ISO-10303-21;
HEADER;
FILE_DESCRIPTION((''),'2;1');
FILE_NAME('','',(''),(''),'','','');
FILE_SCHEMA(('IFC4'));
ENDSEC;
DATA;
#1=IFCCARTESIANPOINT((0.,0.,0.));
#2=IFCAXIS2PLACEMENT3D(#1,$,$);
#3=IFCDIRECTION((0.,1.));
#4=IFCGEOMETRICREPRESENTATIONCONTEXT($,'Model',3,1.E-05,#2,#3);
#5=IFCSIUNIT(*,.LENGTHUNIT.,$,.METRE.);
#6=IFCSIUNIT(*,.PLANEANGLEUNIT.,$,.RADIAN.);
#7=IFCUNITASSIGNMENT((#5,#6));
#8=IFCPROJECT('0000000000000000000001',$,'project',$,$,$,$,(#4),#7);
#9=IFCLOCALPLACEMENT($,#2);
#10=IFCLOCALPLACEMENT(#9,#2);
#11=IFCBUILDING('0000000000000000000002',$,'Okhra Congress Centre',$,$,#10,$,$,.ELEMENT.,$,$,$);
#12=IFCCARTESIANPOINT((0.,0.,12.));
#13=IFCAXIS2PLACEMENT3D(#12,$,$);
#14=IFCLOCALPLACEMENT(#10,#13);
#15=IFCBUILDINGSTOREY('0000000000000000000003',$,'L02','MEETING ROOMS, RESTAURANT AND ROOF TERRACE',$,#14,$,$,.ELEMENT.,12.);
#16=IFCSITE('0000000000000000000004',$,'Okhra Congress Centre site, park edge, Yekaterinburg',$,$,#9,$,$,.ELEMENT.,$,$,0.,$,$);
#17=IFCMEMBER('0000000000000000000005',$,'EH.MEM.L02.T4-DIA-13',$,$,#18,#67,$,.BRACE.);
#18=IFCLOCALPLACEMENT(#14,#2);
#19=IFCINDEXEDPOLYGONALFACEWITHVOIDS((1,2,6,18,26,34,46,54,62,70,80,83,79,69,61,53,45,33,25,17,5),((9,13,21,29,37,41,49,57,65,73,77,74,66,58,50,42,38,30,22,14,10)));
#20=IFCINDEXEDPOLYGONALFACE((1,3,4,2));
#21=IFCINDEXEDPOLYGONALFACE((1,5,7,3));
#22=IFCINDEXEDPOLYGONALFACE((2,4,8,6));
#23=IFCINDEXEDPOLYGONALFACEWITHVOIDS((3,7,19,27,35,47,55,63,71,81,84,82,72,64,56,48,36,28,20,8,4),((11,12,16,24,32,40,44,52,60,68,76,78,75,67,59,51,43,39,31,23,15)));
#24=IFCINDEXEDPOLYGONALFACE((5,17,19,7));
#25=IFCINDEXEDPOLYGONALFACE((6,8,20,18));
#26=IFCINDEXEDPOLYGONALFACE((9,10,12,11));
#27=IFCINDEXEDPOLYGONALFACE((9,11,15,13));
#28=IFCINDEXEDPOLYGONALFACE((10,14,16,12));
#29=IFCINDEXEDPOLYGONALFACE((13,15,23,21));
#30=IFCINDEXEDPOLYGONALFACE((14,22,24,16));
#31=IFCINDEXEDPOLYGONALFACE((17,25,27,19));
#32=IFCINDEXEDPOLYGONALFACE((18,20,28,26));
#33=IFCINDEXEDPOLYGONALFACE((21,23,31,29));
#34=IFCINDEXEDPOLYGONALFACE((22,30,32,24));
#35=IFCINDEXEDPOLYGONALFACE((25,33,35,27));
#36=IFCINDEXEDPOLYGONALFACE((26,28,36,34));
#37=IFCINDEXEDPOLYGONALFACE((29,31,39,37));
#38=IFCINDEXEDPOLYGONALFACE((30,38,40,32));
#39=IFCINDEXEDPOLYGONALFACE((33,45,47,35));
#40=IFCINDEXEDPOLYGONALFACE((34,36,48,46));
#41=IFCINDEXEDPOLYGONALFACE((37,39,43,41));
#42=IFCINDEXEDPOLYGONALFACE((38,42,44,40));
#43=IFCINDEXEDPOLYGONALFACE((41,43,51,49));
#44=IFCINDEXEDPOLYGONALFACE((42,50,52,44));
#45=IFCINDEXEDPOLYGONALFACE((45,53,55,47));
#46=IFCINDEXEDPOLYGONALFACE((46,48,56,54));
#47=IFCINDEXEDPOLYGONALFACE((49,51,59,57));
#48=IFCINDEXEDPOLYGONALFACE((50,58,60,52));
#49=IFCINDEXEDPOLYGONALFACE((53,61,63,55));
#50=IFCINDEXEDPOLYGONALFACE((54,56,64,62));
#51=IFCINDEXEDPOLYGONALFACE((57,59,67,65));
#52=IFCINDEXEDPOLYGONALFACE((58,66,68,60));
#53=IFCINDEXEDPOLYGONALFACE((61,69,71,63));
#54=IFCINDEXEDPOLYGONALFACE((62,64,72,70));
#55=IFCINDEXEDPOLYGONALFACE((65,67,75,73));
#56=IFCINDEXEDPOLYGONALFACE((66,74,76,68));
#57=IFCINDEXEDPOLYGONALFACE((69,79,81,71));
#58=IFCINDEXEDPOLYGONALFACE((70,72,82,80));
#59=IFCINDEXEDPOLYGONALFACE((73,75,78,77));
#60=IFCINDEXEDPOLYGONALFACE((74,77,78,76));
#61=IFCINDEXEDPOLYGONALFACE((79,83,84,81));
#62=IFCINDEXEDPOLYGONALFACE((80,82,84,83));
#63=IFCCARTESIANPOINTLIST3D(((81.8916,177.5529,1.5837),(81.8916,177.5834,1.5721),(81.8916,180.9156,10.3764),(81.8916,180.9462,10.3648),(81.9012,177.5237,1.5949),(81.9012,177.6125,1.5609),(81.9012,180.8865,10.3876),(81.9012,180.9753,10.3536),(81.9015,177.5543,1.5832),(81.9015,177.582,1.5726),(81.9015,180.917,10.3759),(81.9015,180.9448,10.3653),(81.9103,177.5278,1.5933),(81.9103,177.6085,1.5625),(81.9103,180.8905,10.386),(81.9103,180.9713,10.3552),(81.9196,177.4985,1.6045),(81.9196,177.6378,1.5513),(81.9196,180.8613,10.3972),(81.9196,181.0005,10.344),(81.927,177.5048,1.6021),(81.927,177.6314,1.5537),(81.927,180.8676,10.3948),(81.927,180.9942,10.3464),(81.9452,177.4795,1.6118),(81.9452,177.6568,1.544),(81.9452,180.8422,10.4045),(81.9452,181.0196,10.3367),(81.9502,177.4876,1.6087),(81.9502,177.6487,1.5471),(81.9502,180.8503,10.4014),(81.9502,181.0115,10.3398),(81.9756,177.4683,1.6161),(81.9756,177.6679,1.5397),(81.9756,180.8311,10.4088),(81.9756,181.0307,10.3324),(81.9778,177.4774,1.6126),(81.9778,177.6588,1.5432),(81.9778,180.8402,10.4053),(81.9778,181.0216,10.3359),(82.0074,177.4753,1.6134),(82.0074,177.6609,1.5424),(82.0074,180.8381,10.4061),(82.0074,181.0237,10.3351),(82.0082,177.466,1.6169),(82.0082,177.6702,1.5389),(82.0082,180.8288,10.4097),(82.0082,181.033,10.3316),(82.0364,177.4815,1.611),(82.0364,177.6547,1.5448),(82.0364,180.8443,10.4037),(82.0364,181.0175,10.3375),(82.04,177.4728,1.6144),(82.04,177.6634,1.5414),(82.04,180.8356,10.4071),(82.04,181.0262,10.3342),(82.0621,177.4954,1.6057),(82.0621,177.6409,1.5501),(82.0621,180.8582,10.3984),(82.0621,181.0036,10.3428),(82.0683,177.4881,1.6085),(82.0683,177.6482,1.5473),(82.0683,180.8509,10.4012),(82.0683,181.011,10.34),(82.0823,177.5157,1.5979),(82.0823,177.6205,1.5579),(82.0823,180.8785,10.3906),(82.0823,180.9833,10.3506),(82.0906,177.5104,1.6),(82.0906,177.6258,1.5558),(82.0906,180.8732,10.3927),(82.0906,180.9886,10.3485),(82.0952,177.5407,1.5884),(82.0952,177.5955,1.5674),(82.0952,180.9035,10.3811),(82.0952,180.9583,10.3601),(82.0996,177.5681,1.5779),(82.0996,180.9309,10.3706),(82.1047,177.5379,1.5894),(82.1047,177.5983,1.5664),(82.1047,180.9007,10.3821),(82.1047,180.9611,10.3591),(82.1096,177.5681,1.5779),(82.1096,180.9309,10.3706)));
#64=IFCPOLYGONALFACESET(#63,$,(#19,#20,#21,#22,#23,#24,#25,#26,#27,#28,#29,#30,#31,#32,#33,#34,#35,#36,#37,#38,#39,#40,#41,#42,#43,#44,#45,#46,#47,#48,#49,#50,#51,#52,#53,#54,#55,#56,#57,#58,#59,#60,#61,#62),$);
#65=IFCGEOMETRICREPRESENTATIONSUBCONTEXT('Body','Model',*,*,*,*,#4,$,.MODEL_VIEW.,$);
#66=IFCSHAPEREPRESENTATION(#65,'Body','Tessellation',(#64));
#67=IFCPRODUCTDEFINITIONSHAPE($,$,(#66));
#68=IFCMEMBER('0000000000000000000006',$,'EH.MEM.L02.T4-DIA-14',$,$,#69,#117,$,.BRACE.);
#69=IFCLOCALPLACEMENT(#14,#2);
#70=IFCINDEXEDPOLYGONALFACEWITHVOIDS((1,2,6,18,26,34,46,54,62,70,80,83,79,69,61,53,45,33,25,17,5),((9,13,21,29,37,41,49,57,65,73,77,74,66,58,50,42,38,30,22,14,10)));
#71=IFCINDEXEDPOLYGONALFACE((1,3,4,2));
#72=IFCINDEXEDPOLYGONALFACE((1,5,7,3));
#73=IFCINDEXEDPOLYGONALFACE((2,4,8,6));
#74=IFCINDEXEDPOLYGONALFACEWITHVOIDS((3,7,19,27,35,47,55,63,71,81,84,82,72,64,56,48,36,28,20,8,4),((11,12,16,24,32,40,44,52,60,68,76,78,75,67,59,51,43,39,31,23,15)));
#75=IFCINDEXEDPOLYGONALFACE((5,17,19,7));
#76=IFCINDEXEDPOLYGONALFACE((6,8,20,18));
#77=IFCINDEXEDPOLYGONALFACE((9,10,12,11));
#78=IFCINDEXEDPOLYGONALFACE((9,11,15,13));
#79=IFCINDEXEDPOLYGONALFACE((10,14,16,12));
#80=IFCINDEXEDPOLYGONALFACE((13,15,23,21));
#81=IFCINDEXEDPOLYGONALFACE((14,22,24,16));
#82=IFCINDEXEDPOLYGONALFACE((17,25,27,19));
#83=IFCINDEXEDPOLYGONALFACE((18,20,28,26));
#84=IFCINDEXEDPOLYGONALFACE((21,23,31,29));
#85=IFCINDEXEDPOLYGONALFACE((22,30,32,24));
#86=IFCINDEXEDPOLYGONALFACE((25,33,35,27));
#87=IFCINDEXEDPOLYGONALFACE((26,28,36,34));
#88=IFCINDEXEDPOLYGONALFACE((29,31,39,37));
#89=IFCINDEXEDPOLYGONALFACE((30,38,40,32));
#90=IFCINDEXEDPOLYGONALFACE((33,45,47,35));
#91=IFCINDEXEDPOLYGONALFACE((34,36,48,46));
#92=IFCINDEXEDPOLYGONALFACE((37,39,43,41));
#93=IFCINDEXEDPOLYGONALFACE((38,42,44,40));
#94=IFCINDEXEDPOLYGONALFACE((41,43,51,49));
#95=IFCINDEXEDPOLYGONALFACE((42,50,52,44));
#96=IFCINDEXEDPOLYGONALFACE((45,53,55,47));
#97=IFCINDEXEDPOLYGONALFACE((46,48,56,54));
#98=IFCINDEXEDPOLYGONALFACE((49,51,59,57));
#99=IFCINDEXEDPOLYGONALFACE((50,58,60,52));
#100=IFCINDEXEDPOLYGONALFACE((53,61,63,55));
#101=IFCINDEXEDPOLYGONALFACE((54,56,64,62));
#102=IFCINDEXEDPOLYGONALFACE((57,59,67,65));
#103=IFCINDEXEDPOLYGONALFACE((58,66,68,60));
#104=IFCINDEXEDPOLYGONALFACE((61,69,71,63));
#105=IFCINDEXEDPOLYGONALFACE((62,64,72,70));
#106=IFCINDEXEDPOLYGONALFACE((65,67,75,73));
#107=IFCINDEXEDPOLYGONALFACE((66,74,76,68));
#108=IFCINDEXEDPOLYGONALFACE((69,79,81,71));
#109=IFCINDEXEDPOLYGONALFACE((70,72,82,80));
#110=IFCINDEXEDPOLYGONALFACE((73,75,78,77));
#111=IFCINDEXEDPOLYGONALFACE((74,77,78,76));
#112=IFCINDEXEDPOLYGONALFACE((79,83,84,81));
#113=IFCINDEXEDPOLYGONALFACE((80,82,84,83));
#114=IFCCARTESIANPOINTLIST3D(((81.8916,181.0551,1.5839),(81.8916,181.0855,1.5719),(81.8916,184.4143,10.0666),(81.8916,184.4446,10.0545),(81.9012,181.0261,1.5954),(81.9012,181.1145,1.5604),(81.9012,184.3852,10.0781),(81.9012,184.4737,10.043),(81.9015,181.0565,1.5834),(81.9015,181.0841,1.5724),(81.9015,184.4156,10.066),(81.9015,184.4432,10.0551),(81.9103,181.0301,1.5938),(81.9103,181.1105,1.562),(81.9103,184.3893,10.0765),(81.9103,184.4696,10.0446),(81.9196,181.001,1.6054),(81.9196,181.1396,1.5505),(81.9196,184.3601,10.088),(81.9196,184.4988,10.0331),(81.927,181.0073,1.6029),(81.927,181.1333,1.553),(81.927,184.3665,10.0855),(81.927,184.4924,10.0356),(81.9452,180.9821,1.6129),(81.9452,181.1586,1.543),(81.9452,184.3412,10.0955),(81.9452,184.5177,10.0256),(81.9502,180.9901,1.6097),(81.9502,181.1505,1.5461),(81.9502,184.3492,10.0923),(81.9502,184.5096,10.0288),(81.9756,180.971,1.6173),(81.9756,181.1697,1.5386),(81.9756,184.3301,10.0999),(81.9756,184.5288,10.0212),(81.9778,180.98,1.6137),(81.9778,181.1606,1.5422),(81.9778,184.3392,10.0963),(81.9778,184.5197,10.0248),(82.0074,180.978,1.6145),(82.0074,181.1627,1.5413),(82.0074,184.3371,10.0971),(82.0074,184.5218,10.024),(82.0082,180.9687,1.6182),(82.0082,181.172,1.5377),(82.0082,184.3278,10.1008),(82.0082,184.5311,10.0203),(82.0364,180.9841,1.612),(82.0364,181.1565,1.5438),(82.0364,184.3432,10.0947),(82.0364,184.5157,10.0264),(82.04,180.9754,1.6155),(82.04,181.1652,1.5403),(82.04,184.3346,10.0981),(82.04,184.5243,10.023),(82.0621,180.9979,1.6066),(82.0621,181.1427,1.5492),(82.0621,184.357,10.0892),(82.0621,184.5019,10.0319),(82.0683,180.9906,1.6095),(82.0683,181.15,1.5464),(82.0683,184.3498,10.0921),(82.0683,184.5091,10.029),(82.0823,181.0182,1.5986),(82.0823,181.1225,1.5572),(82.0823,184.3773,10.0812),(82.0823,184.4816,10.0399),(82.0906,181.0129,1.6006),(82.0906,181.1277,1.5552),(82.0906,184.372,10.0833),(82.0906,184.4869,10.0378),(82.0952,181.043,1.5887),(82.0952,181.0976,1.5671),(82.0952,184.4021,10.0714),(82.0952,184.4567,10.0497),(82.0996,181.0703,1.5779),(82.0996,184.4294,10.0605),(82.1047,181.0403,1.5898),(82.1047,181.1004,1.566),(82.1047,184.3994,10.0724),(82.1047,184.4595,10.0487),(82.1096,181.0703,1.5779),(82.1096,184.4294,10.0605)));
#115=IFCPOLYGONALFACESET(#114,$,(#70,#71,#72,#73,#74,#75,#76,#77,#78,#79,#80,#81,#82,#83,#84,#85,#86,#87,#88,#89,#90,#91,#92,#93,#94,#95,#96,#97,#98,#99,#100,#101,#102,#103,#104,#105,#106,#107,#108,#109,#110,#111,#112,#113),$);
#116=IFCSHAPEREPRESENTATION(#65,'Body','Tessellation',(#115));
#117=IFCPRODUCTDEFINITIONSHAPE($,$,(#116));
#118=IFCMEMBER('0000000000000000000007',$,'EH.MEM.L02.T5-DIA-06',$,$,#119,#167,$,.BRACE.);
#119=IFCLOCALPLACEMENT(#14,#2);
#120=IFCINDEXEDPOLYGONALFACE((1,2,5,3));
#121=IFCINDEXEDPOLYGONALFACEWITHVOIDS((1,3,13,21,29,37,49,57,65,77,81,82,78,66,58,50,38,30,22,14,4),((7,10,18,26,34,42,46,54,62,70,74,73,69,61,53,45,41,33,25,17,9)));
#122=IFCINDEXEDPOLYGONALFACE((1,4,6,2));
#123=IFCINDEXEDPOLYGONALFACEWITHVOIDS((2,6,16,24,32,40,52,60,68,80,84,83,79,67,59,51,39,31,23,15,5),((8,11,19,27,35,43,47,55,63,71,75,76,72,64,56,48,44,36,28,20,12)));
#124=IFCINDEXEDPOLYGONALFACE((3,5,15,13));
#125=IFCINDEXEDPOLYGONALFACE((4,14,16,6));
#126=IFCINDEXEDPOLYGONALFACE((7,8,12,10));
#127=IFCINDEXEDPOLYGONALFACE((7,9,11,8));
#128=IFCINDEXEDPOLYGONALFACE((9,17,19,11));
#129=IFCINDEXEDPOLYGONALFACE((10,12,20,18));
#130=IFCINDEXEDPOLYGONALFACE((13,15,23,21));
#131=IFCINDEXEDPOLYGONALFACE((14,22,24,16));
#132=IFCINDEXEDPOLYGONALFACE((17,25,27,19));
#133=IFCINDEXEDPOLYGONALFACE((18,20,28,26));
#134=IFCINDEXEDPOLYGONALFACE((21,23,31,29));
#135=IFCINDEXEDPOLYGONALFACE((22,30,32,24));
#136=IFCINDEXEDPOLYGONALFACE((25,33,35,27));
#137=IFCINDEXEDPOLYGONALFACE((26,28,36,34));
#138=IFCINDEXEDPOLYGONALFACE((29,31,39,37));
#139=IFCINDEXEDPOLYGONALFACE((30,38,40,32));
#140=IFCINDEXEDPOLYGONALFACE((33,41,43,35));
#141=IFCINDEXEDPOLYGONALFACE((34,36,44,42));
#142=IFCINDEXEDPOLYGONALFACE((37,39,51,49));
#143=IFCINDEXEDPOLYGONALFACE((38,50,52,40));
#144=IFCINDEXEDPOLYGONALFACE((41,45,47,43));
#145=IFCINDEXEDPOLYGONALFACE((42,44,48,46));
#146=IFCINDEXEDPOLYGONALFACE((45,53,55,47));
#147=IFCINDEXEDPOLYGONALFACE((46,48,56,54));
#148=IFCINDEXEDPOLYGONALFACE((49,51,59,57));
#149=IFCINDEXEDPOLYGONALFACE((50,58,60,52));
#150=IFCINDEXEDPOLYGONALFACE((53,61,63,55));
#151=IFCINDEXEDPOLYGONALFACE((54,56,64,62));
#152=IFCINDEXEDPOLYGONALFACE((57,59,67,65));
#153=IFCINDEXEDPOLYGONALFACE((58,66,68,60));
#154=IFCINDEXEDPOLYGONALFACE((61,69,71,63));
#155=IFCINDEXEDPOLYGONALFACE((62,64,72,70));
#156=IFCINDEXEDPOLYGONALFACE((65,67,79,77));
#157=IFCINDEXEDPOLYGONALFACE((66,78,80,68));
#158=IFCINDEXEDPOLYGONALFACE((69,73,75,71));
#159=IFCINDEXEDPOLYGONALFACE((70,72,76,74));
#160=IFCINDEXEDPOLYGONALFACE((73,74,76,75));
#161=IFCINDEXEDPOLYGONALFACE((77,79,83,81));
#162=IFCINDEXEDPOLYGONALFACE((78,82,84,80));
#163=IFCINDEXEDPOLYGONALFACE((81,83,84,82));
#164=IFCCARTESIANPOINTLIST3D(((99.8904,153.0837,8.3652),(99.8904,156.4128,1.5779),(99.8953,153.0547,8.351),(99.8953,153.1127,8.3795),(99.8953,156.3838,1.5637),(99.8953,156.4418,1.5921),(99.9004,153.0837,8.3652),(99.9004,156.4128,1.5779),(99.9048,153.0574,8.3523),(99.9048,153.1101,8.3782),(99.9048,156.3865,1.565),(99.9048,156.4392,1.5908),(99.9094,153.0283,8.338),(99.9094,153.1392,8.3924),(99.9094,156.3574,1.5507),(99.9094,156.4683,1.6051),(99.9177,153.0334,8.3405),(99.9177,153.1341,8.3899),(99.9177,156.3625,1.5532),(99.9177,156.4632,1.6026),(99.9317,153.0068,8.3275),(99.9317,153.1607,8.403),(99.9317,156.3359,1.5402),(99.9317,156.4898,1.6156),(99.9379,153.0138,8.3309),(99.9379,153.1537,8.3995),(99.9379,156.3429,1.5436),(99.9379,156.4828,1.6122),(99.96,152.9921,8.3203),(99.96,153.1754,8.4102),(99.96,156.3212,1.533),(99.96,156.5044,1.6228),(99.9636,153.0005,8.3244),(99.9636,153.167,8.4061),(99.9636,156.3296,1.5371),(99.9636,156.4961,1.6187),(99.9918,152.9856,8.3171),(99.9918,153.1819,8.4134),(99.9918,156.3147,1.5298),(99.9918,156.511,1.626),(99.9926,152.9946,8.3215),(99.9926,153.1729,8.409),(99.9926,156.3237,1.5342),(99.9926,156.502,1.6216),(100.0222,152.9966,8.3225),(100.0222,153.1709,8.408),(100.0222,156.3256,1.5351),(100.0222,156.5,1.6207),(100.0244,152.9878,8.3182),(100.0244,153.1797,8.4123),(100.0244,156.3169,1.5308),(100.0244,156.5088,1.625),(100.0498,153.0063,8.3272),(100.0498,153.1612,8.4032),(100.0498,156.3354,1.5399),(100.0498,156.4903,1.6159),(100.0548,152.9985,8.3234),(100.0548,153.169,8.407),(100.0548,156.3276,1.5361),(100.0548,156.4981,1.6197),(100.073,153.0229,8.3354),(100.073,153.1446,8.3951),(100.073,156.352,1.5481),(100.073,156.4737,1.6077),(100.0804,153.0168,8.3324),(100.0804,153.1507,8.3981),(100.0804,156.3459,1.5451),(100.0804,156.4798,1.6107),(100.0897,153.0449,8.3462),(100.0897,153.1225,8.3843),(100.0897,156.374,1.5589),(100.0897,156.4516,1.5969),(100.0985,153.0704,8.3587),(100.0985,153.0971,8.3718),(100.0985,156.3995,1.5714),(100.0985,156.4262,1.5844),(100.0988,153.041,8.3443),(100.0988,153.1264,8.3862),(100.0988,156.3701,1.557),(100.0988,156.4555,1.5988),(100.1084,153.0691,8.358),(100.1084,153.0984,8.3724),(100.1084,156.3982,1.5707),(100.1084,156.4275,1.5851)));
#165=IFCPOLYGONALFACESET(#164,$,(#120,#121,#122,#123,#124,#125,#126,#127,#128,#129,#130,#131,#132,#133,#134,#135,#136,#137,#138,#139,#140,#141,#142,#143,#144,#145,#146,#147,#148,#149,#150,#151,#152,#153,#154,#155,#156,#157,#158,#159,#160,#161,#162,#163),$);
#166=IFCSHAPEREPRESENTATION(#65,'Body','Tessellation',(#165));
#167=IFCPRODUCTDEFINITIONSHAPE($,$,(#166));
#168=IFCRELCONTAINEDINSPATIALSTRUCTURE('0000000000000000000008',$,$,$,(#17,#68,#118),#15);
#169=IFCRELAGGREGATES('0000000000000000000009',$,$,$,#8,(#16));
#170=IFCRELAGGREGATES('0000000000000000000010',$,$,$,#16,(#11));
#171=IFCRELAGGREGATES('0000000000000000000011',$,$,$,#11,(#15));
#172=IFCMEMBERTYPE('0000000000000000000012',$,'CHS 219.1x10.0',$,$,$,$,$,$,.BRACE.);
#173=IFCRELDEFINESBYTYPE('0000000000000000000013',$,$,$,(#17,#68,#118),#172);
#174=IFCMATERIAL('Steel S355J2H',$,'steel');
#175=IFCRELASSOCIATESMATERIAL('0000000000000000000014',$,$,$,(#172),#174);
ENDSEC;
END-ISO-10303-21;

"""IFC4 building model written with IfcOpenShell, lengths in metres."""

from ifc_helpers import new_model, si_unit, direction, frame, origin, origin_2d, place, context, subcontext, project, spatial, hollow_circle, extrude, material, material_profile, profile_set, type_object, element, save


model = new_model("IFC4")

# Units and contexts
model_context = context("Model", 3, precision=1e-05, world=origin(), true_north=direction((0.0, 1.0)))
body_context = subcontext(model_context, "Body", "Model", "MODEL_VIEW")
ifc_project = project(units=[si_unit("LENGTHUNIT", "METRE"), si_unit("PLANEANGLEUNIT", "RADIAN")], contexts=[model_context])

# Site, building, storey
site_placement = place(None, origin())
site = spatial("IfcSite", under=ifc_project, at=site_placement, Name="Okhra Congress Centre site, park edge, Yekaterinburg", CompositionType="ELEMENT", RefElevation=0.0)
building_placement = place(site_placement, origin())
building = spatial("IfcBuilding", under=site, at=building_placement, Name="Okhra Congress Centre", CompositionType="ELEMENT")
storey_placement = place(building_placement, frame((0.0, 0.0, 12.0)))
storey = spatial("IfcBuildingStorey", under=building, at=storey_placement, Name="L02", Description="MEETING ROOMS, RESTAURANT AND ROOF TERRACE", CompositionType="ELEMENT", Elevation=12.0)

# Members
ifc_material_1 = material(Name="Steel S355J2H", Category="steel")
ifc_material_profile_1 = material_profile(ifc_material_1, hollow_circle(Radius=0.1096, WallThickness=0.01, at=origin_2d()), Name="CHS 219.1x10.0")
ifc_profile_set_1 = profile_set([ifc_material_profile_1], Name="Steel S355J2H")
member_type_1 = type_object("IfcMemberType", Name="CHS 219.1x10.0", PredefinedType="BRACE", material=ifc_profile_set_1)
member_1_placement = place(storey_placement, frame((82.0, 180.9309, 10.3706), z_axis=(0.0, -0.357218, -0.934021), x_axis=(1.0, 0.0, 0.0)))
element("IfcMember", 1, at=member_1_placement, inside=storey, type_object=member_type_1, Name="EH.MEM.L02.T4-DIA-13", PredefinedType="BRACE", context=body_context, shape_type="SweptSolid", body=[
    extrude(hollow_circle(Radius=0.1096, WallThickness=0.01, at=origin_2d()), origin(), (0.0, 0.0, 1.0), 9.4138),
])
member_2_placement = place(storey_placement, frame((82.0, 184.4294, 10.0605), z_axis=(0.0, -0.368182, -0.929754), x_axis=(1.0, 0.0, 0.0)))
element("IfcMember", 2, at=member_2_placement, inside=storey, type_object=member_type_1, Name="EH.MEM.L02.T4-DIA-14", PredefinedType="BRACE", context=body_context, shape_type="SweptSolid", body=[
    extrude(hollow_circle(Radius=0.1096, WallThickness=0.01, at=origin_2d()), origin(), (0.0, 0.0, 1.0), 9.1235),
])
member_3_placement = place(storey_placement, frame((100.0, 153.0837, 8.3652), z_axis=(0.0, 0.440367, -0.897818), x_axis=(-1.0, 0.0, 0.0)))
element("IfcMember", 3, at=member_3_placement, inside=storey, type_object=member_type_1, Name="EH.MEM.L02.T5-DIA-06", PredefinedType="BRACE", context=body_context, shape_type="SweptSolid", body=[
    extrude(hollow_circle(Radius=0.1096, WallThickness=0.01, at=origin_2d()), origin(), (0.0, 0.0, 1.0), 7.5598),
])

save(model, "model.ifc")
